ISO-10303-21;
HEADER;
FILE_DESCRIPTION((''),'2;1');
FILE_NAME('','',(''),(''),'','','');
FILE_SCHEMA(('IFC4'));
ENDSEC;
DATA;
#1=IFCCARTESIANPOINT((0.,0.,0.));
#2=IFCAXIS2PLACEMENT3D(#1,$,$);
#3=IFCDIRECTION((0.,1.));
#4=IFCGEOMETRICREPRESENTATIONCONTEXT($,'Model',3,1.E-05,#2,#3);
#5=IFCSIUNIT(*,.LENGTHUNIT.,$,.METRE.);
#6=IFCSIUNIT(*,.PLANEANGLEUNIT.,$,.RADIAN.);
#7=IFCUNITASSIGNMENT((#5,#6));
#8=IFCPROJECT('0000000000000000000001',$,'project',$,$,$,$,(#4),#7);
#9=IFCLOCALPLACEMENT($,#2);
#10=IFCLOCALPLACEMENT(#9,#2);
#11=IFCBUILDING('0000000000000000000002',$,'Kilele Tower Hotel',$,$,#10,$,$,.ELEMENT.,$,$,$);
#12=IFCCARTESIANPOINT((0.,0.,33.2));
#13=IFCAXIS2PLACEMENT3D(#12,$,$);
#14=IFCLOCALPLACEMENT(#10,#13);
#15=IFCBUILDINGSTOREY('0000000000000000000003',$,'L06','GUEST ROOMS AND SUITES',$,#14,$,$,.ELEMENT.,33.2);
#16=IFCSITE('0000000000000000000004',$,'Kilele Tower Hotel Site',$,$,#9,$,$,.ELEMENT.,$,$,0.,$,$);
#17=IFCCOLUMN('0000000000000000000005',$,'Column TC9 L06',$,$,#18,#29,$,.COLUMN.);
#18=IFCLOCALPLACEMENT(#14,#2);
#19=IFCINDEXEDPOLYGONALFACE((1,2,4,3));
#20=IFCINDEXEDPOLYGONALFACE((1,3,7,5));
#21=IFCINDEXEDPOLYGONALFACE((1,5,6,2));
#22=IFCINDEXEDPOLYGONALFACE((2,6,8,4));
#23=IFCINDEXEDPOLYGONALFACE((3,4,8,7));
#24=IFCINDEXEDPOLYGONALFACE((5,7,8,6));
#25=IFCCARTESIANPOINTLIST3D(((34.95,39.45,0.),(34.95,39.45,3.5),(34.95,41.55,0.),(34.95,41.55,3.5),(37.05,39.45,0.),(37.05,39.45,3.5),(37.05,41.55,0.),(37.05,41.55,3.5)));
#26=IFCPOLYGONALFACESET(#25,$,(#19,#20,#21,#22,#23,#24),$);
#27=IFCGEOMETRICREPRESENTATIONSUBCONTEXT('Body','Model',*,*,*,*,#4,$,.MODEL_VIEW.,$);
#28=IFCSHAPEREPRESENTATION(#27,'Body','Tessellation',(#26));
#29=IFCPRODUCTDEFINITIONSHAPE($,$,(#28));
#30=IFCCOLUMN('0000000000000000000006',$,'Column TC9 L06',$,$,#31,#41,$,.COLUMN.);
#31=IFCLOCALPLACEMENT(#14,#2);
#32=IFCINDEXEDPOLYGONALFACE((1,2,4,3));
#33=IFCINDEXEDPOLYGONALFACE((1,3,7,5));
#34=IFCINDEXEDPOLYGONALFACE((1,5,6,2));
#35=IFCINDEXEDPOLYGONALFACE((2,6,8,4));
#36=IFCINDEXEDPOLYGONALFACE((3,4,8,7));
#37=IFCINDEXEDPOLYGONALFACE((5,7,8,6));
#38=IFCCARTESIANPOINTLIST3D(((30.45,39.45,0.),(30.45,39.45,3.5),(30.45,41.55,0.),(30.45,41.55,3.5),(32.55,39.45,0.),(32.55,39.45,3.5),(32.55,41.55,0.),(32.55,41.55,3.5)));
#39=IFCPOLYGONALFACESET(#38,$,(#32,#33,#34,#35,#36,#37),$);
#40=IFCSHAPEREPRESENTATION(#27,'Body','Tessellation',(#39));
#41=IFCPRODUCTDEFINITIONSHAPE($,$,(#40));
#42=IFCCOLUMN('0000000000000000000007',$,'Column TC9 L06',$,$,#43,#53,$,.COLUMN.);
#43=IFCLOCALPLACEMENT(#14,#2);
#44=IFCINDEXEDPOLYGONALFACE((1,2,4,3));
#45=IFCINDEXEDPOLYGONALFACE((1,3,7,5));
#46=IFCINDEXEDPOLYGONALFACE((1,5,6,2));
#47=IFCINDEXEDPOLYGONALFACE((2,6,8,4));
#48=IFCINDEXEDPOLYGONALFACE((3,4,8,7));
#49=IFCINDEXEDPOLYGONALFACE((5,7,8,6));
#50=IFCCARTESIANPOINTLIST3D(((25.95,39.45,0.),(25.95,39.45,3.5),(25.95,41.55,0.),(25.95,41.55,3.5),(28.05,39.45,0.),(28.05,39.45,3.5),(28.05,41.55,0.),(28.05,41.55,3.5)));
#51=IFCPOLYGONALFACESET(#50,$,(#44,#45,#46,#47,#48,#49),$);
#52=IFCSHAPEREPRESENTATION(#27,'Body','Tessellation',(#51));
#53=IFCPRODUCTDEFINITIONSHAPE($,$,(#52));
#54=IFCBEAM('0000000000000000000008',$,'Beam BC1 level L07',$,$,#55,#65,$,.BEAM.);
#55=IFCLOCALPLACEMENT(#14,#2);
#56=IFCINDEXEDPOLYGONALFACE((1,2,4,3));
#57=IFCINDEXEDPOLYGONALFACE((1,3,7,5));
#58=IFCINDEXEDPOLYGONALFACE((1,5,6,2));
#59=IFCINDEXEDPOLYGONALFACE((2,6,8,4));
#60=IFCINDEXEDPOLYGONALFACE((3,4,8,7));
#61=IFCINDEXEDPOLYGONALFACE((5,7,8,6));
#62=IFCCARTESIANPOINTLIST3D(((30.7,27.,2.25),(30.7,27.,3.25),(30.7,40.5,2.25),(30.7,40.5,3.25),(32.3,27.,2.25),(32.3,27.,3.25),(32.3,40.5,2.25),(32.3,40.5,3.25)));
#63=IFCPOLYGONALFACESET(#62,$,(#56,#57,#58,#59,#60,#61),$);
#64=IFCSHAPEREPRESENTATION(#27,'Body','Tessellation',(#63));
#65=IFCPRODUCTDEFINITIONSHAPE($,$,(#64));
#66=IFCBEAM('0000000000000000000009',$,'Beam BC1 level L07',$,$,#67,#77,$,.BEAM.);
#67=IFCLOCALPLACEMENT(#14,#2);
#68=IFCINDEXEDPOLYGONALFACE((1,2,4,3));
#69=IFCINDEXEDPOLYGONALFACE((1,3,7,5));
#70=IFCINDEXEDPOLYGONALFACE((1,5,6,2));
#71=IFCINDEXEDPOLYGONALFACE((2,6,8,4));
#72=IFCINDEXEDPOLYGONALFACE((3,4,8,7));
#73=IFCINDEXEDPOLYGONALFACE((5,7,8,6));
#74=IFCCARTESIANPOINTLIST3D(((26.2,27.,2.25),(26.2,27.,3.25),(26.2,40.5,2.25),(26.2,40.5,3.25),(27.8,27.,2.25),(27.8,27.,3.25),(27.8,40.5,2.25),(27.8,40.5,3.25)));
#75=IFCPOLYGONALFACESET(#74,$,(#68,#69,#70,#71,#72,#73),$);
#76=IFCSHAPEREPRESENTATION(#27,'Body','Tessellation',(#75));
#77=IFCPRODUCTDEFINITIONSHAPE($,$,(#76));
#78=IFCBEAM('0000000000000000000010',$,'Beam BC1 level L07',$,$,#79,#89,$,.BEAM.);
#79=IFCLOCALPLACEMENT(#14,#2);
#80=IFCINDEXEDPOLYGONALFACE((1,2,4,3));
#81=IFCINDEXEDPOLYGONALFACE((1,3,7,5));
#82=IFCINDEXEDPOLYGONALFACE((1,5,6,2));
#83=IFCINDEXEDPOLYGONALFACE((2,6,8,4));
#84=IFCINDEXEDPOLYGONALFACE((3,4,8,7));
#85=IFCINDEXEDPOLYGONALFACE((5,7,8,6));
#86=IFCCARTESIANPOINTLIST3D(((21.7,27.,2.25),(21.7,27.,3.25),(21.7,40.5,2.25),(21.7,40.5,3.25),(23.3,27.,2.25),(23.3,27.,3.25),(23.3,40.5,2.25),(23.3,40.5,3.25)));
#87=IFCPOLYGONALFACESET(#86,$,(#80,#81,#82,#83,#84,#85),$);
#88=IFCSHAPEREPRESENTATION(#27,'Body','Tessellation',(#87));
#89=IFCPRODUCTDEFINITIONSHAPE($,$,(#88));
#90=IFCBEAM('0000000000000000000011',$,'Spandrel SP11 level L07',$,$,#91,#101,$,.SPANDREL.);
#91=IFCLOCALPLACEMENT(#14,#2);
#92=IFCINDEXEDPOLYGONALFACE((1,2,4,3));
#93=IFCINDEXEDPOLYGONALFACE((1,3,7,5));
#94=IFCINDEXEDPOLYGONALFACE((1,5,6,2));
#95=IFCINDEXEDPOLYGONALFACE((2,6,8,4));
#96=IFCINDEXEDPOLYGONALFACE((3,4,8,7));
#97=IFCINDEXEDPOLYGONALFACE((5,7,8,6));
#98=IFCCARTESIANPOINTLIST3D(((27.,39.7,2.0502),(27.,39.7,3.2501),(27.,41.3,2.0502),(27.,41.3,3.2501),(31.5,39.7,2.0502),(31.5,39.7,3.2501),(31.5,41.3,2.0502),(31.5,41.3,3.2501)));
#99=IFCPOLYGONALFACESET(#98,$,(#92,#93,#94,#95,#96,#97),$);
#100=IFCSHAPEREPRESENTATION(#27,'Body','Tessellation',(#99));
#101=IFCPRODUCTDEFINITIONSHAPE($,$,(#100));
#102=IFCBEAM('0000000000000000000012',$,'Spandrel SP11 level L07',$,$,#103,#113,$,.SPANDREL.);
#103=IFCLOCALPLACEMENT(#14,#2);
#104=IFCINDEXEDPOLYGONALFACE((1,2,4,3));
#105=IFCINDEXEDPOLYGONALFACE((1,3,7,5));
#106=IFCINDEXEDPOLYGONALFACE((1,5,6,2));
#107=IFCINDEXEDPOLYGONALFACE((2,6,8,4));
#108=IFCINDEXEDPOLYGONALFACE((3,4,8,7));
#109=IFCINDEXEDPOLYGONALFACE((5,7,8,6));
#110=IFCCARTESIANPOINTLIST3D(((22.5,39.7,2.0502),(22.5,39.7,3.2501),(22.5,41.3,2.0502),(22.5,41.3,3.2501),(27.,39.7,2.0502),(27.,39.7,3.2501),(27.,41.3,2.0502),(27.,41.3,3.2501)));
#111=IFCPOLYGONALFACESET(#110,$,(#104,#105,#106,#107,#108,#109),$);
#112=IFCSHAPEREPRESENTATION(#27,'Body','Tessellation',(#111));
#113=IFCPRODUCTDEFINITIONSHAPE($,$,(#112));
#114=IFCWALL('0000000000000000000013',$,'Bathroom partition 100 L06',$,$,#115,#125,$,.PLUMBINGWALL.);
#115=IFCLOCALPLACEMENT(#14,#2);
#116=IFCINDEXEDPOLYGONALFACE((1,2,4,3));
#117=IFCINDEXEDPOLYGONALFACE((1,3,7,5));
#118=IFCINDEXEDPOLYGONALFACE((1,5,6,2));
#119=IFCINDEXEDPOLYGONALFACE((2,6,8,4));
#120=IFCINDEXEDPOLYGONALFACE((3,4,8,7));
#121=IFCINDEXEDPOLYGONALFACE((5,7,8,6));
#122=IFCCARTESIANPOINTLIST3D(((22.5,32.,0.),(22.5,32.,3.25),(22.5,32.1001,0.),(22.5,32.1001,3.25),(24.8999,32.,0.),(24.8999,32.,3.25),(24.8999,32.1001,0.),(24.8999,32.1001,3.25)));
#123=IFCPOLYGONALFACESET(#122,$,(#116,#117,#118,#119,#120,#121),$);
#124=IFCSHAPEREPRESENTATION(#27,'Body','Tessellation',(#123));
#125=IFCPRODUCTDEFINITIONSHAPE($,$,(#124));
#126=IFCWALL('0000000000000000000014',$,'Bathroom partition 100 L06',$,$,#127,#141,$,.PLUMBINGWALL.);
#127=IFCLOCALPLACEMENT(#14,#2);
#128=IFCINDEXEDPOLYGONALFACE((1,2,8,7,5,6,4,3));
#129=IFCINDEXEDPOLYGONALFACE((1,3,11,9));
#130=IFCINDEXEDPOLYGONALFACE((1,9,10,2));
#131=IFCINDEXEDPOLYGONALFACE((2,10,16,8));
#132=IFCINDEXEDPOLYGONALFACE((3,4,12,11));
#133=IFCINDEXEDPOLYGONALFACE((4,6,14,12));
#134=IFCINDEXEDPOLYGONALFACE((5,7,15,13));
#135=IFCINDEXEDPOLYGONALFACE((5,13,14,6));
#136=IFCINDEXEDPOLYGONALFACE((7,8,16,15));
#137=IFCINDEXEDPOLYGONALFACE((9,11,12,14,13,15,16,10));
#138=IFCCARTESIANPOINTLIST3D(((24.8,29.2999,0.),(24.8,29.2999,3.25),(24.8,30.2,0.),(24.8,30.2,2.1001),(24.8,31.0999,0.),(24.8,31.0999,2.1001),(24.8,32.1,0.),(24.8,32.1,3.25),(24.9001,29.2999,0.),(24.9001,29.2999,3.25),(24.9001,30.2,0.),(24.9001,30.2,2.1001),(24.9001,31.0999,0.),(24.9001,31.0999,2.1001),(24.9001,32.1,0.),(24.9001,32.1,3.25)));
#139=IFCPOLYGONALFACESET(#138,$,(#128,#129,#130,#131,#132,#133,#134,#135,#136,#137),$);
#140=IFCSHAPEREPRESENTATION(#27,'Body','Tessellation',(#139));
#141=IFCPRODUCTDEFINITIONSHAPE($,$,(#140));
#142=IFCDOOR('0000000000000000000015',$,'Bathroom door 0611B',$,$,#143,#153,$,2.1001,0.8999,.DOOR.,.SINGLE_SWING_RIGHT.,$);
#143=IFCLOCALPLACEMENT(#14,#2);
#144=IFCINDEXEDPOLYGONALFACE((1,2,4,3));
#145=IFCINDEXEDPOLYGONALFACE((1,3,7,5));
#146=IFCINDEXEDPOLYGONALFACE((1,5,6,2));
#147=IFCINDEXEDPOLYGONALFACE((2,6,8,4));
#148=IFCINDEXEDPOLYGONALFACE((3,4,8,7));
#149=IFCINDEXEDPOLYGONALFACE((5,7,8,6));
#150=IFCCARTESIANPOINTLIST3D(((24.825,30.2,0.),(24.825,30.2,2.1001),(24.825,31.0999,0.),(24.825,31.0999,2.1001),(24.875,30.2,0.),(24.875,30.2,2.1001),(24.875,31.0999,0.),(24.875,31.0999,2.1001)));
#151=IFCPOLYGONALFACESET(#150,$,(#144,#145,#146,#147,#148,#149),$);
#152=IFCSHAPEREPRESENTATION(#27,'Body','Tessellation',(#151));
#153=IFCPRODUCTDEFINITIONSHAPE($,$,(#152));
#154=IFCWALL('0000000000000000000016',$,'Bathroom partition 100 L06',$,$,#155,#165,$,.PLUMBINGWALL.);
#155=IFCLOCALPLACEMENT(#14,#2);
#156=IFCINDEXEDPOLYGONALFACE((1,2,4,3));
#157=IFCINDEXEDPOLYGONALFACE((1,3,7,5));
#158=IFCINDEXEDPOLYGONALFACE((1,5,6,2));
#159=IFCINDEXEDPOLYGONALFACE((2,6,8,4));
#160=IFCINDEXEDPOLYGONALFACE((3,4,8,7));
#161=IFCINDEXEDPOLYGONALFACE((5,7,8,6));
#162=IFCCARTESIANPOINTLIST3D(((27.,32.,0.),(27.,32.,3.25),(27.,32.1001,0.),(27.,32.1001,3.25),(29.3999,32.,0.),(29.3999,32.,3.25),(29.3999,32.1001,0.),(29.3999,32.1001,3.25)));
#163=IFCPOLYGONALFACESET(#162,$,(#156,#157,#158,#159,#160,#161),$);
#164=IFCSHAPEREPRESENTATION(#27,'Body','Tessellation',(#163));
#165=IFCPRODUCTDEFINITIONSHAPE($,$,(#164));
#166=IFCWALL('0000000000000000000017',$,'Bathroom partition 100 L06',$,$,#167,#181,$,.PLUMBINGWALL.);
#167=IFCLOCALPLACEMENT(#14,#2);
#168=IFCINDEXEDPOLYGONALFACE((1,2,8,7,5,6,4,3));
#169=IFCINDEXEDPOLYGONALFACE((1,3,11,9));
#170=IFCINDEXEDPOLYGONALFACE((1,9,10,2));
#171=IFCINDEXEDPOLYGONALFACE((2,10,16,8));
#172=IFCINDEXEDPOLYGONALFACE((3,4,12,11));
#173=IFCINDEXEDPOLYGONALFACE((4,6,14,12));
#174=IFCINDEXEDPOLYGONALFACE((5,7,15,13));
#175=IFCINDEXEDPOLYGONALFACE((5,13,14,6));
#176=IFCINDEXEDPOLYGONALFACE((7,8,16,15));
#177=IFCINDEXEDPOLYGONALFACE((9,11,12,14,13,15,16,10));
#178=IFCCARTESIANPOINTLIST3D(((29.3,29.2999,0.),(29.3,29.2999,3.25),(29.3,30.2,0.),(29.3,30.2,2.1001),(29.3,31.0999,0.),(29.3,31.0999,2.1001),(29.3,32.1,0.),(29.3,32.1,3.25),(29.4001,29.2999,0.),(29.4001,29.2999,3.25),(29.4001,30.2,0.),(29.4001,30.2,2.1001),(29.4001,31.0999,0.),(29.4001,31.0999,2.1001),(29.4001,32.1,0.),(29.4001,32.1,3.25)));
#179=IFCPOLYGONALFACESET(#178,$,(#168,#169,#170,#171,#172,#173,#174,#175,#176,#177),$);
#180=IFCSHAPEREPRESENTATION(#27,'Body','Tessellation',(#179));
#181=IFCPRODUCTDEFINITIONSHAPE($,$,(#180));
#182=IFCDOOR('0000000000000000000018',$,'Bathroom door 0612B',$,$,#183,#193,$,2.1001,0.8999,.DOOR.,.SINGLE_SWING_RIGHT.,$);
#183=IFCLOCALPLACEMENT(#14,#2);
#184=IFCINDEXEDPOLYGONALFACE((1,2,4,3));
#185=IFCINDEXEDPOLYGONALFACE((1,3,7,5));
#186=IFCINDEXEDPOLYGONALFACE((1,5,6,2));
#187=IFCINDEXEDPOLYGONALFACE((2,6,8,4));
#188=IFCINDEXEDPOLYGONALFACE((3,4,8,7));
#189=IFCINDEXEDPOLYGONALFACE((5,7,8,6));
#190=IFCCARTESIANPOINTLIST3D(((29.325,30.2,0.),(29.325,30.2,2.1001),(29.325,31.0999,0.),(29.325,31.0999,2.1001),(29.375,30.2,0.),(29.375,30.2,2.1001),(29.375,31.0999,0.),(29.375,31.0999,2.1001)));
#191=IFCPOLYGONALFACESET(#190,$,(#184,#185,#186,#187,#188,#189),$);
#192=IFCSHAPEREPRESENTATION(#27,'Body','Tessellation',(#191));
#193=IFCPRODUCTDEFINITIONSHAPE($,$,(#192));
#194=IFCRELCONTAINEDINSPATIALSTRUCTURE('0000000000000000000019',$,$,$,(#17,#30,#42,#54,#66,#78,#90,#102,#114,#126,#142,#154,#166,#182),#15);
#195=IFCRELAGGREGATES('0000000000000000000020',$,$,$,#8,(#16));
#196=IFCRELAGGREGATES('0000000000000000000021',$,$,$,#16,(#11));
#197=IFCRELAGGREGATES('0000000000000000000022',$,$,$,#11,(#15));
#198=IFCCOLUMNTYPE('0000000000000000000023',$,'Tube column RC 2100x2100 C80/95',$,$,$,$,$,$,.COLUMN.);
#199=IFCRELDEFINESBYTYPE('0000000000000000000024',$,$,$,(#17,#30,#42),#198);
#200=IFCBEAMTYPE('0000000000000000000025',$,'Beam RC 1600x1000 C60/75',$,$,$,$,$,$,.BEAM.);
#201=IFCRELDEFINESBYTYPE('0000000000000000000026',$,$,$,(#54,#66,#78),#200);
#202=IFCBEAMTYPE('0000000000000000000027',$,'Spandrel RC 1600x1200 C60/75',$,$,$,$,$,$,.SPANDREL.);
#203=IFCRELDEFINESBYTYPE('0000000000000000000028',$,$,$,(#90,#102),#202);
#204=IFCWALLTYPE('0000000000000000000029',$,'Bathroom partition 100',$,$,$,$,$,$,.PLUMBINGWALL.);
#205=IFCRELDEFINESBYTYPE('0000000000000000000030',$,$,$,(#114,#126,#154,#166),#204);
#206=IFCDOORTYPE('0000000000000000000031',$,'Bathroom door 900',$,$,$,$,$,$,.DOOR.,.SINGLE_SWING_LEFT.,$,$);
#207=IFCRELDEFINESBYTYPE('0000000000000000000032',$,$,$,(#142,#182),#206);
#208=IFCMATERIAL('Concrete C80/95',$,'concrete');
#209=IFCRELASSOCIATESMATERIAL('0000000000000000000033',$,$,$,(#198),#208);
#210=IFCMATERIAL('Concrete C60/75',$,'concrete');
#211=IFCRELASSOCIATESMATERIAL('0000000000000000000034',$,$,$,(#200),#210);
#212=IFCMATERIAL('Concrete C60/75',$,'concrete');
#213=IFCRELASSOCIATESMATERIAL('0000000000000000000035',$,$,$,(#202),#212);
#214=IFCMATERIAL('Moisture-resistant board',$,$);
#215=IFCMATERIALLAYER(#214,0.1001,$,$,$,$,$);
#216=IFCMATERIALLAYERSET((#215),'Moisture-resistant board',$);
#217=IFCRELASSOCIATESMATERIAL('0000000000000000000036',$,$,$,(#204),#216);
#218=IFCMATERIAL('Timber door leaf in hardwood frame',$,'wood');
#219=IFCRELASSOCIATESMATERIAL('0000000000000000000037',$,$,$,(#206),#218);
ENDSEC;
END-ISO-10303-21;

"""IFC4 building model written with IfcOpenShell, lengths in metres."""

from ifc_helpers import new_model, si_unit, direction, frame, frame_2d, origin, origin_2d, place, context, subcontext, project, spatial, rectangle, extrude, material, layer, layer_set, material_profile, profile_set, type_object, element, fill, save


model = new_model("IFC4")

# Units and contexts
model_context = context("Model", 3, precision=1e-05, world=origin(), true_north=direction((0.0, 1.0)))
body_context = subcontext(model_context, "Body", "Model", "MODEL_VIEW")
ifc_project = project(units=[si_unit("LENGTHUNIT", "METRE"), si_unit("PLANEANGLEUNIT", "RADIAN")], contexts=[model_context])

# Site, building, storey
site_placement = place(None, origin())
site = spatial("IfcSite", under=ifc_project, at=site_placement, Name="Kilele Tower Hotel Site", CompositionType="ELEMENT", RefElevation=0.0)
building_placement = place(site_placement, origin())
building = spatial("IfcBuilding", under=site, at=building_placement, Name="Kilele Tower Hotel", CompositionType="ELEMENT")
storey_placement = place(building_placement, frame((0.0, 0.0, 33.2)))
storey = spatial("IfcBuildingStorey", under=building, at=storey_placement, Name="L06", Description="GUEST ROOMS AND SUITES", CompositionType="ELEMENT", Elevation=33.2)

# Columns
ifc_material_1 = material(Name="Concrete C80/95", Category="concrete")
ifc_material_profile_1 = material_profile(ifc_material_1, rectangle(XDim=2.1001, YDim=2.1001, at=origin_2d()))
ifc_profile_set_1 = profile_set([ifc_material_profile_1], Name="Concrete C80/95")
column_type = type_object("IfcColumnType", Name="Tube column RC 2100x2100 C80/95", PredefinedType="COLUMN", material=ifc_profile_set_1)
for number, where, z_axis, x_axis, name in (
    (1, (36.0, 40.5, 0.0), (0.0, 0.0, 1.0), (1.0, 0.0, 0.0), "Column TC9 L06"),
    (2, (31.5, 40.5, 0.0), (0.0, 0.0, 1.0), (1.0, 0.0, 0.0), "Column TC9 L06"),
    (3, (27.0, 40.5, 0.0), (0.0, 0.0, 1.0), (1.0, 0.0, 0.0), "Column TC9 L06"),
):
    element("IfcColumn", number, at=place(storey_placement, frame(where, z_axis=z_axis, x_axis=x_axis)), inside=storey, type_object=column_type, Name=name, PredefinedType="COLUMN", context=body_context, shape_type="SweptSolid", body=[
        extrude(rectangle(XDim=2.1001, YDim=2.1001, at=origin_2d()), origin(), (0.0, 0.0, 1.0), 3.5),
    ])

# Beams
ifc_material_2 = material(Name="Concrete C60/75", Category="concrete")
ifc_material_profile_2 = material_profile(ifc_material_2, rectangle(XDim=1.6001, YDim=1.0, at=origin_2d()))
ifc_profile_set_2 = profile_set([ifc_material_profile_2], Name="Concrete C60/75")
beam_type_1 = type_object("IfcBeamType", Name="Beam RC 1600x1000 C60/75", PredefinedType="BEAM", material=ifc_profile_set_2)
for number, where, z_axis, x_axis, name in (
    (4, (31.5, 40.5, 2.75), (0.0, -1.0, 0.0), (1.0, 0.0, 0.0), "Beam BC1 level L07"),
    (5, (27.0, 40.5, 2.75), (0.0, -1.0, 0.0), (1.0, 0.0, 0.0), "Beam BC1 level L07"),
    (6, (22.5, 40.5, 2.75), (0.0, -1.0, 0.0), (1.0, 0.0, 0.0), "Beam BC1 level L07"),
):
    element("IfcBeam", number, at=place(storey_placement, frame(where, z_axis=z_axis, x_axis=x_axis)), inside=storey, type_object=beam_type_1, Name=name, PredefinedType="BEAM", context=body_context, shape_type="SweptSolid", body=[
        extrude(rectangle(XDim=1.6001, YDim=1.0, at=origin_2d()), origin(), (0.0, 0.0, 1.0), 13.5),
    ])
ifc_material_3 = material(Name="Concrete C60/75", Category="concrete")
ifc_material_profile_3 = material_profile(ifc_material_3, rectangle(XDim=1.6001, YDim=1.2, at=origin_2d()))
ifc_profile_set_3 = profile_set([ifc_material_profile_3], Name="Concrete C60/75")
beam_type_2 = type_object("IfcBeamType", Name="Spandrel RC 1600x1200 C60/75", PredefinedType="SPANDREL", material=ifc_profile_set_3)
for number, where, z_axis, x_axis, name in (
    (7, (31.5, 40.5, 2.6501), (-1.0, 0.0, 0.0), (0.0, -1.0, 0.0), "Spandrel SP11 level L07"),
    (8, (27.0, 40.5, 2.6501), (-1.0, 0.0, 0.0), (0.0, -1.0, 0.0), "Spandrel SP11 level L07"),
):
    element("IfcBeam", number, at=place(storey_placement, frame(where, z_axis=z_axis, x_axis=x_axis)), inside=storey, type_object=beam_type_2, Name=name, PredefinedType="SPANDREL", context=body_context, shape_type="SweptSolid", body=[
        extrude(rectangle(XDim=1.6001, YDim=1.2, at=origin_2d()), origin(), (0.0, 0.0, 1.0), 4.5),
    ])

# Wall
ifc_material_4 = material(Name="Moisture-resistant board")
ifc_layer_1 = layer(ifc_material_4, 0.1001)
ifc_layer_set_1 = layer_set([ifc_layer_1], Name="Moisture-resistant board")
wall_type_1 = type_object("IfcWallType", Name="Bathroom partition 100", PredefinedType="PLUMBINGWALL", material=ifc_layer_set_1)
wall_1_placement = place(storey_placement, frame((22.5, 32.05, 0.0), z_axis=(0.0, 0.0, 1.0), x_axis=(1.0, 0.0, 0.0)))
element("IfcWall", 9, at=wall_1_placement, inside=storey, type_object=wall_type_1, Name="Bathroom partition 100 L06", PredefinedType="PLUMBINGWALL", context=body_context, shape_type="SweptSolid", body=[
    extrude(rectangle(XDim=2.3999, YDim=0.1001, at=frame_2d((1.2, 0.0))), origin(), (0.0, 0.0, 1.0), 3.25),
])

# Wall, opening, door
wall_2_placement = place(storey_placement, frame((24.8501, 29.3, 0.0), z_axis=(0.0, 0.0, 1.0), x_axis=(0.0, 1.0, 0.0)))
wall_2 = element("IfcWall", 10, at=wall_2_placement, inside=storey, type_object=wall_type_1, Name="Bathroom partition 100 L06", PredefinedType="PLUMBINGWALL", context=body_context, shape_type="SweptSolid", body=[
    extrude(rectangle(XDim=2.8, YDim=0.1001, at=frame_2d((1.3999, 0.0))), origin(), (0.0, 0.0, 1.0), 3.25),
])
opening_1_placement = place(wall_2_placement, frame((1.7998, 0.0, 0.0), z_axis=(0.0, 0.0, 1.0), x_axis=(-1.0, 0.0, 0.0)))
opening_1 = element("IfcOpeningElement", 11, at=opening_1_placement, cuts=wall_2, PredefinedType="OPENING", context=body_context, shape_type="SweptSolid", body=[
    extrude(rectangle(XDim=0.8999, YDim=2.1001, at=frame_2d((0.45, 1.05))), frame((0.0, 0.0601, 0.0), z_axis=(0.0, -1.0, 0.0), x_axis=(1.0, 0.0, 0.0)), (0.0, 0.0, 1.0), 0.1201),
])
ifc_material_5 = material(Name="Timber door leaf in hardwood frame", Category="wood")
door_type_1 = type_object("IfcDoorType", Name="Bathroom door 900", OperationType="SINGLE_SWING_LEFT", PredefinedType="DOOR", material=ifc_material_5)
door_1_placement = place(opening_1_placement, origin())
door_1 = element("IfcDoor", 12, at=door_1_placement, inside=storey, type_object=door_type_1, Name="Bathroom door 0611B", OperationType="SINGLE_SWING_RIGHT", OverallHeight=2.1001, OverallWidth=0.8999, PredefinedType="DOOR", context=body_context, shape_type="SweptSolid", body=[
    extrude(rectangle(XDim=0.8999, YDim=2.1001, at=frame_2d((0.45, 1.05))), frame((0.0, 0.0249, 0.0), z_axis=(0.0, -1.0, 0.0), x_axis=(1.0, 0.0, 0.0)), (0.0, 0.0, 1.0), 0.05),
])
fill(opening_1, door_1)

# Wall
wall_3_placement = place(storey_placement, frame((27.0, 32.05, 0.0), z_axis=(0.0, 0.0, 1.0), x_axis=(1.0, 0.0, 0.0)))
element("IfcWall", 13, at=wall_3_placement, inside=storey, type_object=wall_type_1, Name="Bathroom partition 100 L06", PredefinedType="PLUMBINGWALL", context=body_context, shape_type="SweptSolid", body=[
    extrude(rectangle(XDim=2.3999, YDim=0.1001, at=frame_2d((1.2, 0.0))), origin(), (0.0, 0.0, 1.0), 3.25),
])

# Wall, opening, door
wall_4_placement = place(storey_placement, frame((29.3501, 29.3, 0.0), z_axis=(0.0, 0.0, 1.0), x_axis=(0.0, 1.0, 0.0)))
wall_4 = element("IfcWall", 14, at=wall_4_placement, inside=storey, type_object=wall_type_1, Name="Bathroom partition 100 L06", PredefinedType="PLUMBINGWALL", context=body_context, shape_type="SweptSolid", body=[
    extrude(rectangle(XDim=2.8, YDim=0.1001, at=frame_2d((1.3999, 0.0))), origin(), (0.0, 0.0, 1.0), 3.25),
])
opening_2_placement = place(wall_4_placement, frame((1.7998, 0.0, 0.0), z_axis=(0.0, 0.0, 1.0), x_axis=(-1.0, 0.0, 0.0)))
opening_2 = element("IfcOpeningElement", 15, at=opening_2_placement, cuts=wall_4, PredefinedType="OPENING", context=body_context, shape_type="SweptSolid", body=[
    extrude(rectangle(XDim=0.8999, YDim=2.1001, at=frame_2d((0.45, 1.05))), frame((0.0, 0.0601, 0.0), z_axis=(0.0, -1.0, 0.0), x_axis=(1.0, 0.0, 0.0)), (0.0, 0.0, 1.0), 0.1201),
])
door_2_placement = place(opening_2_placement, origin())
door_2 = element("IfcDoor", 16, at=door_2_placement, inside=storey, type_object=door_type_1, Name="Bathroom door 0612B", OperationType="SINGLE_SWING_RIGHT", OverallHeight=2.1001, OverallWidth=0.8999, PredefinedType="DOOR", context=body_context, shape_type="SweptSolid", body=[
    extrude(rectangle(XDim=0.8999, YDim=2.1001, at=frame_2d((0.45, 1.05))), frame((0.0, 0.0249, 0.0), z_axis=(0.0, -1.0, 0.0), x_axis=(1.0, 0.0, 0.0)), (0.0, 0.0, 1.0), 0.05),
])
fill(opening_2, door_2)

save(model, "model.ifc")
